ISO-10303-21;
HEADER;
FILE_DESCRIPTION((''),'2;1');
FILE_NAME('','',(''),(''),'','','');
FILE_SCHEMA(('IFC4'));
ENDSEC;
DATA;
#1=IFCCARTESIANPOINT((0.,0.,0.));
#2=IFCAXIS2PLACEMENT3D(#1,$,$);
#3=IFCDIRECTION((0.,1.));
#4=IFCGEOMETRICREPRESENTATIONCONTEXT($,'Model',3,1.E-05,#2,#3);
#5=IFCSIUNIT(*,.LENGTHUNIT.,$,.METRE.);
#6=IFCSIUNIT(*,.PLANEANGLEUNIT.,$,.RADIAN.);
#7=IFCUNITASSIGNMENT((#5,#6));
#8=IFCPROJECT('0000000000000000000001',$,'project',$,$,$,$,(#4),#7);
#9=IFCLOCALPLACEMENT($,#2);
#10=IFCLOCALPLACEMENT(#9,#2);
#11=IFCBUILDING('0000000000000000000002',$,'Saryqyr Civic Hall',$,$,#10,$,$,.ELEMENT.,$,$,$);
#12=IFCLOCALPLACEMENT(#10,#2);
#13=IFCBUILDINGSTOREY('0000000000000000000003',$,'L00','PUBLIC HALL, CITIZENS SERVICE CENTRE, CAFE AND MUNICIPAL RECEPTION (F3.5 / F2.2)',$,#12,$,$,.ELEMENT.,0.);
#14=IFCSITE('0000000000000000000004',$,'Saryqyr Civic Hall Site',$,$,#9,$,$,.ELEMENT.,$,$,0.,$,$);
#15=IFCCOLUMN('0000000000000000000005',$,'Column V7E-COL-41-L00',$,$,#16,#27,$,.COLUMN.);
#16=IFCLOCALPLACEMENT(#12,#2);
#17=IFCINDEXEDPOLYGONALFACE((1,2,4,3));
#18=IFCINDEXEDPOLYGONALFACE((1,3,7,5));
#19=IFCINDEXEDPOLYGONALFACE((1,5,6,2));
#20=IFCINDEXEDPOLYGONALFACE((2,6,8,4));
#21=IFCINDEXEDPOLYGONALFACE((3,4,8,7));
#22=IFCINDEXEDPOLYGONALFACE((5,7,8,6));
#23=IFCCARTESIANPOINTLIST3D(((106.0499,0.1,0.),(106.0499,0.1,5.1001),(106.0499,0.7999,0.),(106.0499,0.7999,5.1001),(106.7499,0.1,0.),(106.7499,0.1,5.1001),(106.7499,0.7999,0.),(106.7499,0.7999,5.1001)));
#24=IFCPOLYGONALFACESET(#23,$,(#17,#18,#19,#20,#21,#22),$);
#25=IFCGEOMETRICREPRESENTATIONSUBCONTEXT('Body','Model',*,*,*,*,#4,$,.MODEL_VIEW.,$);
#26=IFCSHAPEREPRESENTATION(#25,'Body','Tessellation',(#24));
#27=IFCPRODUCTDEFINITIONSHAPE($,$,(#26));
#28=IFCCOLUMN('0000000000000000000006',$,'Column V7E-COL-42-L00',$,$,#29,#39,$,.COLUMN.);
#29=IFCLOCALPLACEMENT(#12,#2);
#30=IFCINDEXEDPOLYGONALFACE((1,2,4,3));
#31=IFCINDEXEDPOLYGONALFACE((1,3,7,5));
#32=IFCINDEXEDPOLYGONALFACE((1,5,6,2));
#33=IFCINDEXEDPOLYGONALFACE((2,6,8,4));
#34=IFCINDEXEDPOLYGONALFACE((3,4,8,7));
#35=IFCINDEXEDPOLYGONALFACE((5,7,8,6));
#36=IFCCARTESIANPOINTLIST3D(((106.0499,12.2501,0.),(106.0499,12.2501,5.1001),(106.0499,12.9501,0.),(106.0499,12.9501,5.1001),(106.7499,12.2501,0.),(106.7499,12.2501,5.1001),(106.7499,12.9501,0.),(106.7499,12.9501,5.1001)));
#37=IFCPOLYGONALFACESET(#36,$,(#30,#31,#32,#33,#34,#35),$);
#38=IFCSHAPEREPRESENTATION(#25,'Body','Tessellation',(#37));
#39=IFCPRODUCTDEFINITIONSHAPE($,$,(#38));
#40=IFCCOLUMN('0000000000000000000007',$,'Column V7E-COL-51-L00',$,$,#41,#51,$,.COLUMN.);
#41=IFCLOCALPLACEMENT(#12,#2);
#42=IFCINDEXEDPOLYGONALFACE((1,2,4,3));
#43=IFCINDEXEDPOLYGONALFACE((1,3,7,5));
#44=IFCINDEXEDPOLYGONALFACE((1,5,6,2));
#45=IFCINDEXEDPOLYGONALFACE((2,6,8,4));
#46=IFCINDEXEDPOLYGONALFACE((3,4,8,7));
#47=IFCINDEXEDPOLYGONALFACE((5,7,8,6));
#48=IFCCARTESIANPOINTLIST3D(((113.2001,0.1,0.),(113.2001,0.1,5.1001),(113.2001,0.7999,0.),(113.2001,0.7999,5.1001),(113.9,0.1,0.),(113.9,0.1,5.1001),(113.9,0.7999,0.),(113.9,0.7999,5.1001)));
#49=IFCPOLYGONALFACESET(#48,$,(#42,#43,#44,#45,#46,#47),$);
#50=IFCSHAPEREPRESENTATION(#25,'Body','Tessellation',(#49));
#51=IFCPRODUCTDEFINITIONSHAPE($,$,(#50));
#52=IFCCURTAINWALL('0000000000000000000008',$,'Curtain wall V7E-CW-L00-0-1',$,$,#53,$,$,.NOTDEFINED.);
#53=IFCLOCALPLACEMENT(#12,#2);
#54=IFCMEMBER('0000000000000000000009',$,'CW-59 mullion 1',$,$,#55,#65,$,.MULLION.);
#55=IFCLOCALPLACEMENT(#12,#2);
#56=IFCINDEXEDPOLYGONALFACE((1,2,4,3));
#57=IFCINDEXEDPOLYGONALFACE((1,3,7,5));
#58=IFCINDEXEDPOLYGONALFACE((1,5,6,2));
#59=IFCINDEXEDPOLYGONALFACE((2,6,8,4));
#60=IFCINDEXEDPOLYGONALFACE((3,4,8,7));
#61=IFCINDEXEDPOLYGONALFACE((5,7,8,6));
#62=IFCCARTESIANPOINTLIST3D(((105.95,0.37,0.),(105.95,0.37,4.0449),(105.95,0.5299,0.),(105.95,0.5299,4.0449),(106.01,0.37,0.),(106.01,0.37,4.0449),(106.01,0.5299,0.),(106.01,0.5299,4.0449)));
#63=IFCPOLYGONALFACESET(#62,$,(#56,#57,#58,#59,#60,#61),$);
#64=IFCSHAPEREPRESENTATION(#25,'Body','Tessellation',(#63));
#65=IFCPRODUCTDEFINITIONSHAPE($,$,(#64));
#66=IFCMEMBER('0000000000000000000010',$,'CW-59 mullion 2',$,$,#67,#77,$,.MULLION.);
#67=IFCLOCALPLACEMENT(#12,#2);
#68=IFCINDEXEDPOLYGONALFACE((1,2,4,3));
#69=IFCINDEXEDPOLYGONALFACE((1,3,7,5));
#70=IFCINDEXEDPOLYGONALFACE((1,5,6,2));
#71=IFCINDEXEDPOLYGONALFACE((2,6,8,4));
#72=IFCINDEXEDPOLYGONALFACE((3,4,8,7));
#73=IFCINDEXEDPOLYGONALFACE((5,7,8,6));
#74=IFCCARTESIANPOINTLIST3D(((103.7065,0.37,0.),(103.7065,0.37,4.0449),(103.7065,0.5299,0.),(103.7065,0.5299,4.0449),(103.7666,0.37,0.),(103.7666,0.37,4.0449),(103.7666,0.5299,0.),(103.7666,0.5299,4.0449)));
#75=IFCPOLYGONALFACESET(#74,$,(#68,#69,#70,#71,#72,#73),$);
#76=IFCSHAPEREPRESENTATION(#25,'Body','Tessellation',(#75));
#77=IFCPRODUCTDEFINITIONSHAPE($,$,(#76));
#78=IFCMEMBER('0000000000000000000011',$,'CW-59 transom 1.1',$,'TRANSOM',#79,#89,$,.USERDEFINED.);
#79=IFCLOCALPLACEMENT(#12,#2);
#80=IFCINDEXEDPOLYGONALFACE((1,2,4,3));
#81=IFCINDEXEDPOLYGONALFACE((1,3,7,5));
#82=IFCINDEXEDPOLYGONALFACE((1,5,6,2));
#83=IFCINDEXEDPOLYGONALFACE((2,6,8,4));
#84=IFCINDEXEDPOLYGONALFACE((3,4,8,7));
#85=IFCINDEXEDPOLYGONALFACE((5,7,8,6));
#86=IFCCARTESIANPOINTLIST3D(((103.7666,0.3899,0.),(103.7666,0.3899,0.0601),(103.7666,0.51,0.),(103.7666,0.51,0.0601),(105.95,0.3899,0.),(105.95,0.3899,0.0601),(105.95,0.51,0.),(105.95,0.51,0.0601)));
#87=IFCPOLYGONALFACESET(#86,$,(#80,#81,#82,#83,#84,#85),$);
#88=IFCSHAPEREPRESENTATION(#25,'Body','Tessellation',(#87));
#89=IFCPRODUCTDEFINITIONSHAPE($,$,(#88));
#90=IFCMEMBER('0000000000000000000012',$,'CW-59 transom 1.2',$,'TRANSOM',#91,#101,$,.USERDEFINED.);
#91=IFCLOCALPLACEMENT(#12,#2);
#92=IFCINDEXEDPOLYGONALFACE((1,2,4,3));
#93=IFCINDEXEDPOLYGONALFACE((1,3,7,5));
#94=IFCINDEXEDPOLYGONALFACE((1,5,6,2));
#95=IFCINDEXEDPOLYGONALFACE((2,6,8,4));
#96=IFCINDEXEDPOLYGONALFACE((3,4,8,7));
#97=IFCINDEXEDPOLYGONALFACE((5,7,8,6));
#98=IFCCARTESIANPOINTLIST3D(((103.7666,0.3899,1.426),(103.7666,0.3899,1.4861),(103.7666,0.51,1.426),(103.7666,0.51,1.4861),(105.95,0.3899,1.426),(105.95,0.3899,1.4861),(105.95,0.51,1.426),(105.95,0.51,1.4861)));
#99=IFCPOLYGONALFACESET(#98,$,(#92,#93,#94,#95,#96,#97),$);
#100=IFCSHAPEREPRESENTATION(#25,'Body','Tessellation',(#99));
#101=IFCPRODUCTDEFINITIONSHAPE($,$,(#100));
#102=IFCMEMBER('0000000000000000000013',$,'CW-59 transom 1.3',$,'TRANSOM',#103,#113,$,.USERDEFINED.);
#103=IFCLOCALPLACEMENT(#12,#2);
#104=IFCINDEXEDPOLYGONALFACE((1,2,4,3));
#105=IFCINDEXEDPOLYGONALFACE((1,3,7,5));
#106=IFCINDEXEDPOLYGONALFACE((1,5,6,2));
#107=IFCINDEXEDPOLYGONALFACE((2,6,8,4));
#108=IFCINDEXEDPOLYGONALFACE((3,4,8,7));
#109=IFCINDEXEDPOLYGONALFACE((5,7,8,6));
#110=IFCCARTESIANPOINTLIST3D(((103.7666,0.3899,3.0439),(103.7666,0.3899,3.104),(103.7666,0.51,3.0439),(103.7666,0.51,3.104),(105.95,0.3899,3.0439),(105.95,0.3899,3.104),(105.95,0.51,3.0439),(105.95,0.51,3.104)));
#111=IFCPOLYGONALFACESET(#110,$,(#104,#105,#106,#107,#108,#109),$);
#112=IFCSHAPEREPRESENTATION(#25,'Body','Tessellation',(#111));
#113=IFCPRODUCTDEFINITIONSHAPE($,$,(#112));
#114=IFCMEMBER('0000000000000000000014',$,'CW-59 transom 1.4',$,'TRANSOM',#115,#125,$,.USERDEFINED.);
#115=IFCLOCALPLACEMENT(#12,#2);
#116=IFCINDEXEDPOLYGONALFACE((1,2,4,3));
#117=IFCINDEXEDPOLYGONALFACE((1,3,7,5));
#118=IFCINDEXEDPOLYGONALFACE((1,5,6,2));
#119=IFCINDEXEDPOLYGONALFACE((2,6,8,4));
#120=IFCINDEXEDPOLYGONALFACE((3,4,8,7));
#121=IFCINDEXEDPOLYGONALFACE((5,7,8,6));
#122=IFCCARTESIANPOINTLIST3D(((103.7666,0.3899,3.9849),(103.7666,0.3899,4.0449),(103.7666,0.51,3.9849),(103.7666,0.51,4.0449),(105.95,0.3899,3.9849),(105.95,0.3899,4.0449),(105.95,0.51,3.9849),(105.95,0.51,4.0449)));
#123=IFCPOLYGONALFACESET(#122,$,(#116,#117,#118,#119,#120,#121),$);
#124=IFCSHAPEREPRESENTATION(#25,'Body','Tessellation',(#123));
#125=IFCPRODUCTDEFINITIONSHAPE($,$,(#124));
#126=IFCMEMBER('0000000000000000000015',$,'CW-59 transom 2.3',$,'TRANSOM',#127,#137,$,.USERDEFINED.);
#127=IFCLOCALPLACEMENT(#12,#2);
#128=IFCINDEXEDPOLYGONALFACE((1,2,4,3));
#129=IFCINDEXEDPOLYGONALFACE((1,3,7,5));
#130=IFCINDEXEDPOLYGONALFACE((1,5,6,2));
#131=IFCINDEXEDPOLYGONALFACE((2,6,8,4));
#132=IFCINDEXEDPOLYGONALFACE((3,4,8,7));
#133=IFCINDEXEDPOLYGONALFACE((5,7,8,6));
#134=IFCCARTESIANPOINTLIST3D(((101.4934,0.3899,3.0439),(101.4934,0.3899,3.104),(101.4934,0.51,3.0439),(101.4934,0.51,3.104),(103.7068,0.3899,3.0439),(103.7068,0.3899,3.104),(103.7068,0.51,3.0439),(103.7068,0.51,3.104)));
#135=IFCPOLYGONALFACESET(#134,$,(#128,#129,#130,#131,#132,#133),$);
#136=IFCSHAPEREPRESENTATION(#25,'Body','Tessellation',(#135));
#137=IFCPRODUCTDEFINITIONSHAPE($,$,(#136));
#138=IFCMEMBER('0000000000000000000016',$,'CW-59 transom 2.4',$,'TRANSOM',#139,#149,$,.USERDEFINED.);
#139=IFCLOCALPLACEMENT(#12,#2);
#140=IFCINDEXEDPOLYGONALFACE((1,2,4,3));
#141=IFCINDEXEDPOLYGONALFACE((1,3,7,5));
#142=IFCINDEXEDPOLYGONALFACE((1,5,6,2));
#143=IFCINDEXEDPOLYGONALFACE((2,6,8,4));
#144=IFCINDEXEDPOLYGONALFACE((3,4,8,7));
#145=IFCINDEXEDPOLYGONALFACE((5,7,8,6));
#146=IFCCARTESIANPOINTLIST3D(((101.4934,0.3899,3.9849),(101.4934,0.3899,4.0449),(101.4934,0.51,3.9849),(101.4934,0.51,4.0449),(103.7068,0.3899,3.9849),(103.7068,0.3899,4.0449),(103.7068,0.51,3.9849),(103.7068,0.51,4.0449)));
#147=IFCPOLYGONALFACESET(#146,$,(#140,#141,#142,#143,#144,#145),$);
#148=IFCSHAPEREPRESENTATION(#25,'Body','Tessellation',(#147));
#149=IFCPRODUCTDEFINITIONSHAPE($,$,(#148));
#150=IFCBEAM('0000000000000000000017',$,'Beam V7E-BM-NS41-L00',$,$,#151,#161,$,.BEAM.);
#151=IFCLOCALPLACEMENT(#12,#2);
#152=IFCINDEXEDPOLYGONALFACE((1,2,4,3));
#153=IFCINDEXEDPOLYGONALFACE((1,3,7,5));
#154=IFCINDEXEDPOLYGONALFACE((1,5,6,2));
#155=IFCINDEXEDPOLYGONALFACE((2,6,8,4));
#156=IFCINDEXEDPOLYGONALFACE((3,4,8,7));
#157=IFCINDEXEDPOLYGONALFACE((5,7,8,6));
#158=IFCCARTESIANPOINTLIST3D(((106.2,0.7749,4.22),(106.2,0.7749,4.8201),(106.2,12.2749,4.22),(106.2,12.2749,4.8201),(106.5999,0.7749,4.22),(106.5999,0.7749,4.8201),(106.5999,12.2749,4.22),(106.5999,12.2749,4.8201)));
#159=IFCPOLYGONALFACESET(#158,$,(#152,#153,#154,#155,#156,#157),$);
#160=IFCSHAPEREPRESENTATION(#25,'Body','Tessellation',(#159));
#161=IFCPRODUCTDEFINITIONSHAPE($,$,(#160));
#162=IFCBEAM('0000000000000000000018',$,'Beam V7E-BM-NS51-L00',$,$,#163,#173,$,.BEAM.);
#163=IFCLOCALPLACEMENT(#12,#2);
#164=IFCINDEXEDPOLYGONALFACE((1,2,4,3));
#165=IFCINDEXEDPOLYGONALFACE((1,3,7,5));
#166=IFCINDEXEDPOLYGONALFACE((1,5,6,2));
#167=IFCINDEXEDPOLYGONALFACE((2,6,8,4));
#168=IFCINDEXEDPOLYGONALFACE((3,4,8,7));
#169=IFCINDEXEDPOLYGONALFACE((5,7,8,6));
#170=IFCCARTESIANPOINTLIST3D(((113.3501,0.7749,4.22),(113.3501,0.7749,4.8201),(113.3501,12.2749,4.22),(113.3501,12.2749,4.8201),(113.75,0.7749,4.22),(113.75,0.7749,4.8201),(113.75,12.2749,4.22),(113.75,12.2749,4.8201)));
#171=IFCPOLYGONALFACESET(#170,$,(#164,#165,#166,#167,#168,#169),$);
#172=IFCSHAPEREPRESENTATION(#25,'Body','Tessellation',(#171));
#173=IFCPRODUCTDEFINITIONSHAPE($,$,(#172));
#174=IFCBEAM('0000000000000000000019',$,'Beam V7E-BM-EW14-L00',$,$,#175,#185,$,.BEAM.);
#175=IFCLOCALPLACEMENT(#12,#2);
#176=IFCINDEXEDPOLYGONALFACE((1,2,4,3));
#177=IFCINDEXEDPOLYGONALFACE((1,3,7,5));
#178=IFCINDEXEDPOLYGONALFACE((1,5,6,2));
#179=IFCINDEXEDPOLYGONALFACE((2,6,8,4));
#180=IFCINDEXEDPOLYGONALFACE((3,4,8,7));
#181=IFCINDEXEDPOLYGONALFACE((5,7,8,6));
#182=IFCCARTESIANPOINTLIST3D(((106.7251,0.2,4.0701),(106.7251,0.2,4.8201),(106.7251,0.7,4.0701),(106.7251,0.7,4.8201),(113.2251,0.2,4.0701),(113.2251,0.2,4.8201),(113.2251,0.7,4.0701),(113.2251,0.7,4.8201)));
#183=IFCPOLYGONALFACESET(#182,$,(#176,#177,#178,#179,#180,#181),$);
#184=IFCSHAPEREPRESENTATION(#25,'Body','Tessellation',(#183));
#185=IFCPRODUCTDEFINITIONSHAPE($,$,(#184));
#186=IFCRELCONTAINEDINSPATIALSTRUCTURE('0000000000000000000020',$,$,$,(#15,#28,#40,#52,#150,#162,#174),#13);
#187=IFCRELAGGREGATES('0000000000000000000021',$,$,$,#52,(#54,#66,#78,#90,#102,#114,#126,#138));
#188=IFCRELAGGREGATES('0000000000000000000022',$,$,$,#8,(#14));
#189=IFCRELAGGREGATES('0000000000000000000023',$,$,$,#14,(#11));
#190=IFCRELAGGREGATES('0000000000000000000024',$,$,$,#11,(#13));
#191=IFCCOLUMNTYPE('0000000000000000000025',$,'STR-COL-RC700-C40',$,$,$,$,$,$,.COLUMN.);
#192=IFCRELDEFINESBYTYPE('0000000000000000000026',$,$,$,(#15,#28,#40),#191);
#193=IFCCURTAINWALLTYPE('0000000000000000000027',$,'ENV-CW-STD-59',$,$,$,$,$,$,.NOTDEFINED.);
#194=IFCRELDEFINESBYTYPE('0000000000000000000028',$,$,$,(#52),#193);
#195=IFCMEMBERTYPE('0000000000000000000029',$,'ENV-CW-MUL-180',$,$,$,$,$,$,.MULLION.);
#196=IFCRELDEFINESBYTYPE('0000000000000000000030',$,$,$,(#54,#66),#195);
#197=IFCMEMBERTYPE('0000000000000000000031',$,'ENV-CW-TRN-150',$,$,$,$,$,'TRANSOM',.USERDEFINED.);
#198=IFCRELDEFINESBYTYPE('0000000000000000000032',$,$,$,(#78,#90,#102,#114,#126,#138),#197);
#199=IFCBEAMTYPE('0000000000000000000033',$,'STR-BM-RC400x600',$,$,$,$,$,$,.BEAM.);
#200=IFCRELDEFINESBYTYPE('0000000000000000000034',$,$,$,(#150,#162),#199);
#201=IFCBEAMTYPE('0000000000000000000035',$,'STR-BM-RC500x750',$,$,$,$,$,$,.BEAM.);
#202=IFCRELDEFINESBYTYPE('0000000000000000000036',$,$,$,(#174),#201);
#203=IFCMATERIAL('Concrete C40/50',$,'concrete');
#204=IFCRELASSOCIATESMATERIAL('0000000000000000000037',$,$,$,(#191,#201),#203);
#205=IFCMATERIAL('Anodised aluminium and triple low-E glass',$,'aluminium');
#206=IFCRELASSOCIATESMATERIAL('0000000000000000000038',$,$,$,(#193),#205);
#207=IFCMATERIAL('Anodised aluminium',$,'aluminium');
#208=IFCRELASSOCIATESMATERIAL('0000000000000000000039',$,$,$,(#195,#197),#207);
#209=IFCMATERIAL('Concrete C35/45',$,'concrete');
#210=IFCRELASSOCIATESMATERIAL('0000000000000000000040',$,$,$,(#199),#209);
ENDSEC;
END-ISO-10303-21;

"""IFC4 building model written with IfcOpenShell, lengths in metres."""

from ifc_helpers import new_model, si_unit, direction, frame, origin, origin_2d, place, context, subcontext, project, spatial, rectangle, extrude, material, material_profile, profile_set, type_object, element, aggregate, save


model = new_model("IFC4")

# Units and contexts
model_context = context("Model", 3, precision=1e-05, world=origin(), true_north=direction((0.0, 1.0)))
body_context = subcontext(model_context, "Body", "Model", "MODEL_VIEW")
ifc_project = project(units=[si_unit("LENGTHUNIT", "METRE"), si_unit("PLANEANGLEUNIT", "RADIAN")], contexts=[model_context])

# Site, building, storey
site_placement = place(None, origin())
site = spatial("IfcSite", under=ifc_project, at=site_placement, Name="Saryqyr Civic Hall Site", CompositionType="ELEMENT", RefElevation=0.0)
building_placement = place(site_placement, origin())
building = spatial("IfcBuilding", under=site, at=building_placement, Name="Saryqyr Civic Hall", CompositionType="ELEMENT")
storey_placement = place(building_placement, origin())
storey = spatial("IfcBuildingStorey", under=building, at=storey_placement, Name="L00", Description="PUBLIC HALL, CITIZENS SERVICE CENTRE, CAFE AND MUNICIPAL RECEPTION (F3.5 / F2.2)", CompositionType="ELEMENT", Elevation=0.0)

# Columns
ifc_material_1 = material(Name="Concrete C40/50", Category="concrete")
ifc_material_profile_1 = material_profile(ifc_material_1, rectangle(XDim=0.7, YDim=0.7, at=origin_2d()), Name="RC 700x700")
ifc_profile_set_1 = profile_set([ifc_material_profile_1], Name="Concrete C40/50")
column_type = type_object("IfcColumnType", Name="STR-COL-RC700-C40", PredefinedType="COLUMN", material=ifc_profile_set_1)
for number, where, z_axis, x_axis, name in (
    (1, (106.3999, 0.45, 0.0), (0.0, 0.0, 1.0), (1.0, 0.0, 0.0), "Column V7E-COL-41-L00"),
    (2, (106.3999, 12.6001, 0.0), (0.0, 0.0, 1.0), (1.0, 0.0, 0.0), "Column V7E-COL-42-L00"),
    (3, (113.55, 0.45, 0.0), (0.0, 0.0, 1.0), (1.0, 0.0, 0.0), "Column V7E-COL-51-L00"),
):
    element("IfcColumn", number, at=place(storey_placement, frame(where, z_axis=z_axis, x_axis=x_axis)), inside=storey, type_object=column_type, Name=name, PredefinedType="COLUMN", context=body_context, shape_type="SweptSolid", body=[
        extrude(rectangle(XDim=0.7, YDim=0.7, at=origin_2d()), origin(), (0.0, 0.0, 1.0), 5.1001),
    ])

# Curtain wall, members
ifc_material_2 = material(Name="Anodised aluminium and triple low-E glass", Category="aluminium")
curtain_wall_type = type_object("IfcCurtainWallType", Name="ENV-CW-STD-59", PredefinedType="NOTDEFINED", material=ifc_material_2)
curtain_wall_placement = place(storey_placement, origin())
curtain_wall = element("IfcCurtainWall", 4, at=curtain_wall_placement, inside=storey, type_object=curtain_wall_type, Name="Curtain wall V7E-CW-L00-0-1", PredefinedType="NOTDEFINED")
ifc_material_3 = material(Name="Anodised aluminium", Category="aluminium")
ifc_material_profile_2 = material_profile(ifc_material_3, rectangle(XDim=0.0601, YDim=0.1599, at=origin_2d()), Name="ALU MULLION 60x160")
ifc_profile_set_2 = profile_set([ifc_material_profile_2], Name="Anodised aluminium")
member_type_1 = type_object("IfcMemberType", Name="ENV-CW-MUL-180", PredefinedType="MULLION", material=ifc_profile_set_2)
member_1_placement = place(storey_placement, frame((105.98, 0.45, 0.0), z_axis=(0.0, 0.0, 1.0), x_axis=(-1.0, 0.0, 0.0)))
member_1 = element("IfcMember", 5, at=member_1_placement, type_object=member_type_1, Name="CW-59 mullion 1", PredefinedType="MULLION", context=body_context, shape_type="SweptSolid", body=[
    extrude(rectangle(XDim=0.0601, YDim=0.1599, at=origin_2d()), origin(), (0.0, 0.0, 1.0), 4.0449),
])
member_2_placement = place(storey_placement, frame((103.7366, 0.45, 0.0), z_axis=(0.0, 0.0, 1.0), x_axis=(-1.0, 0.0, 0.0)))
member_2 = element("IfcMember", 6, at=member_2_placement, type_object=member_type_1, Name="CW-59 mullion 2", PredefinedType="MULLION", context=body_context, shape_type="SweptSolid", body=[
    extrude(rectangle(XDim=0.0601, YDim=0.1599, at=origin_2d()), origin(), (0.0, 0.0, 1.0), 4.0449),
])
ifc_material_profile_3 = material_profile(ifc_material_3, rectangle(XDim=0.1201, YDim=0.0601, at=origin_2d()), Name="ALU TRANSOM 120x60")
ifc_profile_set_3 = profile_set([ifc_material_profile_3], Name="Anodised aluminium")
member_type_2 = type_object("IfcMemberType", Name="ENV-CW-TRN-150", ElementType="TRANSOM", PredefinedType="USERDEFINED", material=ifc_profile_set_3)
member_3_placement = place(storey_placement, frame((105.95, 0.45, 0.03), z_axis=(-1.0, 0.0, 0.0), x_axis=(0.0, -1.0, 0.0)))
member_3 = element("IfcMember", 7, at=member_3_placement, type_object=member_type_2, Name="CW-59 transom 1.1", ObjectType="TRANSOM", PredefinedType="USERDEFINED", context=body_context, shape_type="SweptSolid", body=[
    extrude(rectangle(XDim=0.1201, YDim=0.0601, at=origin_2d()), origin(), (0.0, 0.0, 1.0), 2.1833),
])
member_4_placement = place(storey_placement, frame((105.95, 0.45, 1.4561), z_axis=(-1.0, 0.0, 0.0), x_axis=(0.0, -1.0, 0.0)))
member_4 = element("IfcMember", 8, at=member_4_placement, type_object=member_type_2, Name="CW-59 transom 1.2", ObjectType="TRANSOM", PredefinedType="USERDEFINED", context=body_context, shape_type="SweptSolid", body=[
    extrude(rectangle(XDim=0.1201, YDim=0.0601, at=origin_2d()), origin(), (0.0, 0.0, 1.0), 2.1833),
])
member_5_placement = place(storey_placement, frame((105.95, 0.45, 3.074), z_axis=(-1.0, 0.0, 0.0), x_axis=(0.0, -1.0, 0.0)))
member_5 = element("IfcMember", 9, at=member_5_placement, type_object=member_type_2, Name="CW-59 transom 1.3", ObjectType="TRANSOM", PredefinedType="USERDEFINED", context=body_context, shape_type="SweptSolid", body=[
    extrude(rectangle(XDim=0.1201, YDim=0.0601, at=origin_2d()), origin(), (0.0, 0.0, 1.0), 2.1833),
])
member_6_placement = place(storey_placement, frame((105.95, 0.45, 4.0149), z_axis=(-1.0, 0.0, 0.0), x_axis=(0.0, -1.0, 0.0)))
member_6 = element("IfcMember", 10, at=member_6_placement, type_object=member_type_2, Name="CW-59 transom 1.4", ObjectType="TRANSOM", PredefinedType="USERDEFINED", context=body_context, shape_type="SweptSolid", body=[
    extrude(rectangle(XDim=0.1201, YDim=0.0601, at=origin_2d()), origin(), (0.0, 0.0, 1.0), 2.1833),
])
member_7_placement = place(storey_placement, frame((103.7068, 0.45, 3.074), z_axis=(-1.0, 0.0, 0.0), x_axis=(0.0, -1.0, 0.0)))
member_7 = element("IfcMember", 11, at=member_7_placement, type_object=member_type_2, Name="CW-59 transom 2.3", ObjectType="TRANSOM", PredefinedType="USERDEFINED", context=body_context, shape_type="SweptSolid", body=[
    extrude(rectangle(XDim=0.1201, YDim=0.0601, at=origin_2d()), origin(), (0.0, 0.0, 1.0), 2.2134),
])
member_8_placement = place(storey_placement, frame((103.7068, 0.45, 4.0149), z_axis=(-1.0, 0.0, 0.0), x_axis=(0.0, -1.0, 0.0)))
member_8 = element("IfcMember", 12, at=member_8_placement, type_object=member_type_2, Name="CW-59 transom 2.4", ObjectType="TRANSOM", PredefinedType="USERDEFINED", context=body_context, shape_type="SweptSolid", body=[
    extrude(rectangle(XDim=0.1201, YDim=0.0601, at=origin_2d()), origin(), (0.0, 0.0, 1.0), 2.2134),
])

# Beams
ifc_material_4 = material(Name="Concrete C35/45", Category="concrete")
ifc_material_profile_4 = material_profile(ifc_material_4, rectangle(XDim=0.3999, YDim=0.6001, at=origin_2d()), Name="RC 400x600")
ifc_profile_set_4 = profile_set([ifc_material_profile_4], Name="Concrete C35/45")
beam_type_1 = type_object("IfcBeamType", Name="STR-BM-RC400x600", PredefinedType="BEAM", material=ifc_profile_set_4)
for number, where, z_axis, x_axis, name in (
    (13, (106.3999, 0.7749, 4.52), (0.0, 1.0, 0.0), (-1.0, 0.0, 0.0), "Beam V7E-BM-NS41-L00"),
    (14, (113.55, 0.7749, 4.52), (0.0, 1.0, 0.0), (-1.0, 0.0, 0.0), "Beam V7E-BM-NS51-L00"),
):
    element("IfcBeam", number, at=place(storey_placement, frame(where, z_axis=z_axis, x_axis=x_axis)), inside=storey, type_object=beam_type_1, Name=name, PredefinedType="BEAM", context=body_context, shape_type="SweptSolid", body=[
        extrude(rectangle(XDim=0.3999, YDim=0.6001, at=origin_2d()), origin(), (0.0, 0.0, 1.0), 11.5),
    ])
ifc_material_profile_5 = material_profile(ifc_material_1, rectangle(XDim=0.5, YDim=0.75, at=origin_2d()), Name="RC 500x750")
ifc_profile_set_5 = profile_set([ifc_material_profile_5], Name="Concrete C40/50")
beam_type_2 = type_object("IfcBeamType", Name="STR-BM-RC500x750", PredefinedType="BEAM", material=ifc_profile_set_5)
beam_placement = place(storey_placement, frame((106.7251, 0.45, 4.4451), z_axis=(1.0, 0.0, 0.0), x_axis=(0.0, 1.0, 0.0)))
element("IfcBeam", 15, at=beam_placement, inside=storey, type_object=beam_type_2, Name="Beam V7E-BM-EW14-L00", PredefinedType="BEAM", context=body_context, shape_type="SweptSolid", body=[
    extrude(rectangle(XDim=0.5, YDim=0.75, at=origin_2d()), origin(), (0.0, 0.0, 1.0), 6.5),
])

aggregate(curtain_wall, [member_1, member_2, member_3, member_4, member_5, member_6, member_7, member_8])

save(model, "model.ifc")
